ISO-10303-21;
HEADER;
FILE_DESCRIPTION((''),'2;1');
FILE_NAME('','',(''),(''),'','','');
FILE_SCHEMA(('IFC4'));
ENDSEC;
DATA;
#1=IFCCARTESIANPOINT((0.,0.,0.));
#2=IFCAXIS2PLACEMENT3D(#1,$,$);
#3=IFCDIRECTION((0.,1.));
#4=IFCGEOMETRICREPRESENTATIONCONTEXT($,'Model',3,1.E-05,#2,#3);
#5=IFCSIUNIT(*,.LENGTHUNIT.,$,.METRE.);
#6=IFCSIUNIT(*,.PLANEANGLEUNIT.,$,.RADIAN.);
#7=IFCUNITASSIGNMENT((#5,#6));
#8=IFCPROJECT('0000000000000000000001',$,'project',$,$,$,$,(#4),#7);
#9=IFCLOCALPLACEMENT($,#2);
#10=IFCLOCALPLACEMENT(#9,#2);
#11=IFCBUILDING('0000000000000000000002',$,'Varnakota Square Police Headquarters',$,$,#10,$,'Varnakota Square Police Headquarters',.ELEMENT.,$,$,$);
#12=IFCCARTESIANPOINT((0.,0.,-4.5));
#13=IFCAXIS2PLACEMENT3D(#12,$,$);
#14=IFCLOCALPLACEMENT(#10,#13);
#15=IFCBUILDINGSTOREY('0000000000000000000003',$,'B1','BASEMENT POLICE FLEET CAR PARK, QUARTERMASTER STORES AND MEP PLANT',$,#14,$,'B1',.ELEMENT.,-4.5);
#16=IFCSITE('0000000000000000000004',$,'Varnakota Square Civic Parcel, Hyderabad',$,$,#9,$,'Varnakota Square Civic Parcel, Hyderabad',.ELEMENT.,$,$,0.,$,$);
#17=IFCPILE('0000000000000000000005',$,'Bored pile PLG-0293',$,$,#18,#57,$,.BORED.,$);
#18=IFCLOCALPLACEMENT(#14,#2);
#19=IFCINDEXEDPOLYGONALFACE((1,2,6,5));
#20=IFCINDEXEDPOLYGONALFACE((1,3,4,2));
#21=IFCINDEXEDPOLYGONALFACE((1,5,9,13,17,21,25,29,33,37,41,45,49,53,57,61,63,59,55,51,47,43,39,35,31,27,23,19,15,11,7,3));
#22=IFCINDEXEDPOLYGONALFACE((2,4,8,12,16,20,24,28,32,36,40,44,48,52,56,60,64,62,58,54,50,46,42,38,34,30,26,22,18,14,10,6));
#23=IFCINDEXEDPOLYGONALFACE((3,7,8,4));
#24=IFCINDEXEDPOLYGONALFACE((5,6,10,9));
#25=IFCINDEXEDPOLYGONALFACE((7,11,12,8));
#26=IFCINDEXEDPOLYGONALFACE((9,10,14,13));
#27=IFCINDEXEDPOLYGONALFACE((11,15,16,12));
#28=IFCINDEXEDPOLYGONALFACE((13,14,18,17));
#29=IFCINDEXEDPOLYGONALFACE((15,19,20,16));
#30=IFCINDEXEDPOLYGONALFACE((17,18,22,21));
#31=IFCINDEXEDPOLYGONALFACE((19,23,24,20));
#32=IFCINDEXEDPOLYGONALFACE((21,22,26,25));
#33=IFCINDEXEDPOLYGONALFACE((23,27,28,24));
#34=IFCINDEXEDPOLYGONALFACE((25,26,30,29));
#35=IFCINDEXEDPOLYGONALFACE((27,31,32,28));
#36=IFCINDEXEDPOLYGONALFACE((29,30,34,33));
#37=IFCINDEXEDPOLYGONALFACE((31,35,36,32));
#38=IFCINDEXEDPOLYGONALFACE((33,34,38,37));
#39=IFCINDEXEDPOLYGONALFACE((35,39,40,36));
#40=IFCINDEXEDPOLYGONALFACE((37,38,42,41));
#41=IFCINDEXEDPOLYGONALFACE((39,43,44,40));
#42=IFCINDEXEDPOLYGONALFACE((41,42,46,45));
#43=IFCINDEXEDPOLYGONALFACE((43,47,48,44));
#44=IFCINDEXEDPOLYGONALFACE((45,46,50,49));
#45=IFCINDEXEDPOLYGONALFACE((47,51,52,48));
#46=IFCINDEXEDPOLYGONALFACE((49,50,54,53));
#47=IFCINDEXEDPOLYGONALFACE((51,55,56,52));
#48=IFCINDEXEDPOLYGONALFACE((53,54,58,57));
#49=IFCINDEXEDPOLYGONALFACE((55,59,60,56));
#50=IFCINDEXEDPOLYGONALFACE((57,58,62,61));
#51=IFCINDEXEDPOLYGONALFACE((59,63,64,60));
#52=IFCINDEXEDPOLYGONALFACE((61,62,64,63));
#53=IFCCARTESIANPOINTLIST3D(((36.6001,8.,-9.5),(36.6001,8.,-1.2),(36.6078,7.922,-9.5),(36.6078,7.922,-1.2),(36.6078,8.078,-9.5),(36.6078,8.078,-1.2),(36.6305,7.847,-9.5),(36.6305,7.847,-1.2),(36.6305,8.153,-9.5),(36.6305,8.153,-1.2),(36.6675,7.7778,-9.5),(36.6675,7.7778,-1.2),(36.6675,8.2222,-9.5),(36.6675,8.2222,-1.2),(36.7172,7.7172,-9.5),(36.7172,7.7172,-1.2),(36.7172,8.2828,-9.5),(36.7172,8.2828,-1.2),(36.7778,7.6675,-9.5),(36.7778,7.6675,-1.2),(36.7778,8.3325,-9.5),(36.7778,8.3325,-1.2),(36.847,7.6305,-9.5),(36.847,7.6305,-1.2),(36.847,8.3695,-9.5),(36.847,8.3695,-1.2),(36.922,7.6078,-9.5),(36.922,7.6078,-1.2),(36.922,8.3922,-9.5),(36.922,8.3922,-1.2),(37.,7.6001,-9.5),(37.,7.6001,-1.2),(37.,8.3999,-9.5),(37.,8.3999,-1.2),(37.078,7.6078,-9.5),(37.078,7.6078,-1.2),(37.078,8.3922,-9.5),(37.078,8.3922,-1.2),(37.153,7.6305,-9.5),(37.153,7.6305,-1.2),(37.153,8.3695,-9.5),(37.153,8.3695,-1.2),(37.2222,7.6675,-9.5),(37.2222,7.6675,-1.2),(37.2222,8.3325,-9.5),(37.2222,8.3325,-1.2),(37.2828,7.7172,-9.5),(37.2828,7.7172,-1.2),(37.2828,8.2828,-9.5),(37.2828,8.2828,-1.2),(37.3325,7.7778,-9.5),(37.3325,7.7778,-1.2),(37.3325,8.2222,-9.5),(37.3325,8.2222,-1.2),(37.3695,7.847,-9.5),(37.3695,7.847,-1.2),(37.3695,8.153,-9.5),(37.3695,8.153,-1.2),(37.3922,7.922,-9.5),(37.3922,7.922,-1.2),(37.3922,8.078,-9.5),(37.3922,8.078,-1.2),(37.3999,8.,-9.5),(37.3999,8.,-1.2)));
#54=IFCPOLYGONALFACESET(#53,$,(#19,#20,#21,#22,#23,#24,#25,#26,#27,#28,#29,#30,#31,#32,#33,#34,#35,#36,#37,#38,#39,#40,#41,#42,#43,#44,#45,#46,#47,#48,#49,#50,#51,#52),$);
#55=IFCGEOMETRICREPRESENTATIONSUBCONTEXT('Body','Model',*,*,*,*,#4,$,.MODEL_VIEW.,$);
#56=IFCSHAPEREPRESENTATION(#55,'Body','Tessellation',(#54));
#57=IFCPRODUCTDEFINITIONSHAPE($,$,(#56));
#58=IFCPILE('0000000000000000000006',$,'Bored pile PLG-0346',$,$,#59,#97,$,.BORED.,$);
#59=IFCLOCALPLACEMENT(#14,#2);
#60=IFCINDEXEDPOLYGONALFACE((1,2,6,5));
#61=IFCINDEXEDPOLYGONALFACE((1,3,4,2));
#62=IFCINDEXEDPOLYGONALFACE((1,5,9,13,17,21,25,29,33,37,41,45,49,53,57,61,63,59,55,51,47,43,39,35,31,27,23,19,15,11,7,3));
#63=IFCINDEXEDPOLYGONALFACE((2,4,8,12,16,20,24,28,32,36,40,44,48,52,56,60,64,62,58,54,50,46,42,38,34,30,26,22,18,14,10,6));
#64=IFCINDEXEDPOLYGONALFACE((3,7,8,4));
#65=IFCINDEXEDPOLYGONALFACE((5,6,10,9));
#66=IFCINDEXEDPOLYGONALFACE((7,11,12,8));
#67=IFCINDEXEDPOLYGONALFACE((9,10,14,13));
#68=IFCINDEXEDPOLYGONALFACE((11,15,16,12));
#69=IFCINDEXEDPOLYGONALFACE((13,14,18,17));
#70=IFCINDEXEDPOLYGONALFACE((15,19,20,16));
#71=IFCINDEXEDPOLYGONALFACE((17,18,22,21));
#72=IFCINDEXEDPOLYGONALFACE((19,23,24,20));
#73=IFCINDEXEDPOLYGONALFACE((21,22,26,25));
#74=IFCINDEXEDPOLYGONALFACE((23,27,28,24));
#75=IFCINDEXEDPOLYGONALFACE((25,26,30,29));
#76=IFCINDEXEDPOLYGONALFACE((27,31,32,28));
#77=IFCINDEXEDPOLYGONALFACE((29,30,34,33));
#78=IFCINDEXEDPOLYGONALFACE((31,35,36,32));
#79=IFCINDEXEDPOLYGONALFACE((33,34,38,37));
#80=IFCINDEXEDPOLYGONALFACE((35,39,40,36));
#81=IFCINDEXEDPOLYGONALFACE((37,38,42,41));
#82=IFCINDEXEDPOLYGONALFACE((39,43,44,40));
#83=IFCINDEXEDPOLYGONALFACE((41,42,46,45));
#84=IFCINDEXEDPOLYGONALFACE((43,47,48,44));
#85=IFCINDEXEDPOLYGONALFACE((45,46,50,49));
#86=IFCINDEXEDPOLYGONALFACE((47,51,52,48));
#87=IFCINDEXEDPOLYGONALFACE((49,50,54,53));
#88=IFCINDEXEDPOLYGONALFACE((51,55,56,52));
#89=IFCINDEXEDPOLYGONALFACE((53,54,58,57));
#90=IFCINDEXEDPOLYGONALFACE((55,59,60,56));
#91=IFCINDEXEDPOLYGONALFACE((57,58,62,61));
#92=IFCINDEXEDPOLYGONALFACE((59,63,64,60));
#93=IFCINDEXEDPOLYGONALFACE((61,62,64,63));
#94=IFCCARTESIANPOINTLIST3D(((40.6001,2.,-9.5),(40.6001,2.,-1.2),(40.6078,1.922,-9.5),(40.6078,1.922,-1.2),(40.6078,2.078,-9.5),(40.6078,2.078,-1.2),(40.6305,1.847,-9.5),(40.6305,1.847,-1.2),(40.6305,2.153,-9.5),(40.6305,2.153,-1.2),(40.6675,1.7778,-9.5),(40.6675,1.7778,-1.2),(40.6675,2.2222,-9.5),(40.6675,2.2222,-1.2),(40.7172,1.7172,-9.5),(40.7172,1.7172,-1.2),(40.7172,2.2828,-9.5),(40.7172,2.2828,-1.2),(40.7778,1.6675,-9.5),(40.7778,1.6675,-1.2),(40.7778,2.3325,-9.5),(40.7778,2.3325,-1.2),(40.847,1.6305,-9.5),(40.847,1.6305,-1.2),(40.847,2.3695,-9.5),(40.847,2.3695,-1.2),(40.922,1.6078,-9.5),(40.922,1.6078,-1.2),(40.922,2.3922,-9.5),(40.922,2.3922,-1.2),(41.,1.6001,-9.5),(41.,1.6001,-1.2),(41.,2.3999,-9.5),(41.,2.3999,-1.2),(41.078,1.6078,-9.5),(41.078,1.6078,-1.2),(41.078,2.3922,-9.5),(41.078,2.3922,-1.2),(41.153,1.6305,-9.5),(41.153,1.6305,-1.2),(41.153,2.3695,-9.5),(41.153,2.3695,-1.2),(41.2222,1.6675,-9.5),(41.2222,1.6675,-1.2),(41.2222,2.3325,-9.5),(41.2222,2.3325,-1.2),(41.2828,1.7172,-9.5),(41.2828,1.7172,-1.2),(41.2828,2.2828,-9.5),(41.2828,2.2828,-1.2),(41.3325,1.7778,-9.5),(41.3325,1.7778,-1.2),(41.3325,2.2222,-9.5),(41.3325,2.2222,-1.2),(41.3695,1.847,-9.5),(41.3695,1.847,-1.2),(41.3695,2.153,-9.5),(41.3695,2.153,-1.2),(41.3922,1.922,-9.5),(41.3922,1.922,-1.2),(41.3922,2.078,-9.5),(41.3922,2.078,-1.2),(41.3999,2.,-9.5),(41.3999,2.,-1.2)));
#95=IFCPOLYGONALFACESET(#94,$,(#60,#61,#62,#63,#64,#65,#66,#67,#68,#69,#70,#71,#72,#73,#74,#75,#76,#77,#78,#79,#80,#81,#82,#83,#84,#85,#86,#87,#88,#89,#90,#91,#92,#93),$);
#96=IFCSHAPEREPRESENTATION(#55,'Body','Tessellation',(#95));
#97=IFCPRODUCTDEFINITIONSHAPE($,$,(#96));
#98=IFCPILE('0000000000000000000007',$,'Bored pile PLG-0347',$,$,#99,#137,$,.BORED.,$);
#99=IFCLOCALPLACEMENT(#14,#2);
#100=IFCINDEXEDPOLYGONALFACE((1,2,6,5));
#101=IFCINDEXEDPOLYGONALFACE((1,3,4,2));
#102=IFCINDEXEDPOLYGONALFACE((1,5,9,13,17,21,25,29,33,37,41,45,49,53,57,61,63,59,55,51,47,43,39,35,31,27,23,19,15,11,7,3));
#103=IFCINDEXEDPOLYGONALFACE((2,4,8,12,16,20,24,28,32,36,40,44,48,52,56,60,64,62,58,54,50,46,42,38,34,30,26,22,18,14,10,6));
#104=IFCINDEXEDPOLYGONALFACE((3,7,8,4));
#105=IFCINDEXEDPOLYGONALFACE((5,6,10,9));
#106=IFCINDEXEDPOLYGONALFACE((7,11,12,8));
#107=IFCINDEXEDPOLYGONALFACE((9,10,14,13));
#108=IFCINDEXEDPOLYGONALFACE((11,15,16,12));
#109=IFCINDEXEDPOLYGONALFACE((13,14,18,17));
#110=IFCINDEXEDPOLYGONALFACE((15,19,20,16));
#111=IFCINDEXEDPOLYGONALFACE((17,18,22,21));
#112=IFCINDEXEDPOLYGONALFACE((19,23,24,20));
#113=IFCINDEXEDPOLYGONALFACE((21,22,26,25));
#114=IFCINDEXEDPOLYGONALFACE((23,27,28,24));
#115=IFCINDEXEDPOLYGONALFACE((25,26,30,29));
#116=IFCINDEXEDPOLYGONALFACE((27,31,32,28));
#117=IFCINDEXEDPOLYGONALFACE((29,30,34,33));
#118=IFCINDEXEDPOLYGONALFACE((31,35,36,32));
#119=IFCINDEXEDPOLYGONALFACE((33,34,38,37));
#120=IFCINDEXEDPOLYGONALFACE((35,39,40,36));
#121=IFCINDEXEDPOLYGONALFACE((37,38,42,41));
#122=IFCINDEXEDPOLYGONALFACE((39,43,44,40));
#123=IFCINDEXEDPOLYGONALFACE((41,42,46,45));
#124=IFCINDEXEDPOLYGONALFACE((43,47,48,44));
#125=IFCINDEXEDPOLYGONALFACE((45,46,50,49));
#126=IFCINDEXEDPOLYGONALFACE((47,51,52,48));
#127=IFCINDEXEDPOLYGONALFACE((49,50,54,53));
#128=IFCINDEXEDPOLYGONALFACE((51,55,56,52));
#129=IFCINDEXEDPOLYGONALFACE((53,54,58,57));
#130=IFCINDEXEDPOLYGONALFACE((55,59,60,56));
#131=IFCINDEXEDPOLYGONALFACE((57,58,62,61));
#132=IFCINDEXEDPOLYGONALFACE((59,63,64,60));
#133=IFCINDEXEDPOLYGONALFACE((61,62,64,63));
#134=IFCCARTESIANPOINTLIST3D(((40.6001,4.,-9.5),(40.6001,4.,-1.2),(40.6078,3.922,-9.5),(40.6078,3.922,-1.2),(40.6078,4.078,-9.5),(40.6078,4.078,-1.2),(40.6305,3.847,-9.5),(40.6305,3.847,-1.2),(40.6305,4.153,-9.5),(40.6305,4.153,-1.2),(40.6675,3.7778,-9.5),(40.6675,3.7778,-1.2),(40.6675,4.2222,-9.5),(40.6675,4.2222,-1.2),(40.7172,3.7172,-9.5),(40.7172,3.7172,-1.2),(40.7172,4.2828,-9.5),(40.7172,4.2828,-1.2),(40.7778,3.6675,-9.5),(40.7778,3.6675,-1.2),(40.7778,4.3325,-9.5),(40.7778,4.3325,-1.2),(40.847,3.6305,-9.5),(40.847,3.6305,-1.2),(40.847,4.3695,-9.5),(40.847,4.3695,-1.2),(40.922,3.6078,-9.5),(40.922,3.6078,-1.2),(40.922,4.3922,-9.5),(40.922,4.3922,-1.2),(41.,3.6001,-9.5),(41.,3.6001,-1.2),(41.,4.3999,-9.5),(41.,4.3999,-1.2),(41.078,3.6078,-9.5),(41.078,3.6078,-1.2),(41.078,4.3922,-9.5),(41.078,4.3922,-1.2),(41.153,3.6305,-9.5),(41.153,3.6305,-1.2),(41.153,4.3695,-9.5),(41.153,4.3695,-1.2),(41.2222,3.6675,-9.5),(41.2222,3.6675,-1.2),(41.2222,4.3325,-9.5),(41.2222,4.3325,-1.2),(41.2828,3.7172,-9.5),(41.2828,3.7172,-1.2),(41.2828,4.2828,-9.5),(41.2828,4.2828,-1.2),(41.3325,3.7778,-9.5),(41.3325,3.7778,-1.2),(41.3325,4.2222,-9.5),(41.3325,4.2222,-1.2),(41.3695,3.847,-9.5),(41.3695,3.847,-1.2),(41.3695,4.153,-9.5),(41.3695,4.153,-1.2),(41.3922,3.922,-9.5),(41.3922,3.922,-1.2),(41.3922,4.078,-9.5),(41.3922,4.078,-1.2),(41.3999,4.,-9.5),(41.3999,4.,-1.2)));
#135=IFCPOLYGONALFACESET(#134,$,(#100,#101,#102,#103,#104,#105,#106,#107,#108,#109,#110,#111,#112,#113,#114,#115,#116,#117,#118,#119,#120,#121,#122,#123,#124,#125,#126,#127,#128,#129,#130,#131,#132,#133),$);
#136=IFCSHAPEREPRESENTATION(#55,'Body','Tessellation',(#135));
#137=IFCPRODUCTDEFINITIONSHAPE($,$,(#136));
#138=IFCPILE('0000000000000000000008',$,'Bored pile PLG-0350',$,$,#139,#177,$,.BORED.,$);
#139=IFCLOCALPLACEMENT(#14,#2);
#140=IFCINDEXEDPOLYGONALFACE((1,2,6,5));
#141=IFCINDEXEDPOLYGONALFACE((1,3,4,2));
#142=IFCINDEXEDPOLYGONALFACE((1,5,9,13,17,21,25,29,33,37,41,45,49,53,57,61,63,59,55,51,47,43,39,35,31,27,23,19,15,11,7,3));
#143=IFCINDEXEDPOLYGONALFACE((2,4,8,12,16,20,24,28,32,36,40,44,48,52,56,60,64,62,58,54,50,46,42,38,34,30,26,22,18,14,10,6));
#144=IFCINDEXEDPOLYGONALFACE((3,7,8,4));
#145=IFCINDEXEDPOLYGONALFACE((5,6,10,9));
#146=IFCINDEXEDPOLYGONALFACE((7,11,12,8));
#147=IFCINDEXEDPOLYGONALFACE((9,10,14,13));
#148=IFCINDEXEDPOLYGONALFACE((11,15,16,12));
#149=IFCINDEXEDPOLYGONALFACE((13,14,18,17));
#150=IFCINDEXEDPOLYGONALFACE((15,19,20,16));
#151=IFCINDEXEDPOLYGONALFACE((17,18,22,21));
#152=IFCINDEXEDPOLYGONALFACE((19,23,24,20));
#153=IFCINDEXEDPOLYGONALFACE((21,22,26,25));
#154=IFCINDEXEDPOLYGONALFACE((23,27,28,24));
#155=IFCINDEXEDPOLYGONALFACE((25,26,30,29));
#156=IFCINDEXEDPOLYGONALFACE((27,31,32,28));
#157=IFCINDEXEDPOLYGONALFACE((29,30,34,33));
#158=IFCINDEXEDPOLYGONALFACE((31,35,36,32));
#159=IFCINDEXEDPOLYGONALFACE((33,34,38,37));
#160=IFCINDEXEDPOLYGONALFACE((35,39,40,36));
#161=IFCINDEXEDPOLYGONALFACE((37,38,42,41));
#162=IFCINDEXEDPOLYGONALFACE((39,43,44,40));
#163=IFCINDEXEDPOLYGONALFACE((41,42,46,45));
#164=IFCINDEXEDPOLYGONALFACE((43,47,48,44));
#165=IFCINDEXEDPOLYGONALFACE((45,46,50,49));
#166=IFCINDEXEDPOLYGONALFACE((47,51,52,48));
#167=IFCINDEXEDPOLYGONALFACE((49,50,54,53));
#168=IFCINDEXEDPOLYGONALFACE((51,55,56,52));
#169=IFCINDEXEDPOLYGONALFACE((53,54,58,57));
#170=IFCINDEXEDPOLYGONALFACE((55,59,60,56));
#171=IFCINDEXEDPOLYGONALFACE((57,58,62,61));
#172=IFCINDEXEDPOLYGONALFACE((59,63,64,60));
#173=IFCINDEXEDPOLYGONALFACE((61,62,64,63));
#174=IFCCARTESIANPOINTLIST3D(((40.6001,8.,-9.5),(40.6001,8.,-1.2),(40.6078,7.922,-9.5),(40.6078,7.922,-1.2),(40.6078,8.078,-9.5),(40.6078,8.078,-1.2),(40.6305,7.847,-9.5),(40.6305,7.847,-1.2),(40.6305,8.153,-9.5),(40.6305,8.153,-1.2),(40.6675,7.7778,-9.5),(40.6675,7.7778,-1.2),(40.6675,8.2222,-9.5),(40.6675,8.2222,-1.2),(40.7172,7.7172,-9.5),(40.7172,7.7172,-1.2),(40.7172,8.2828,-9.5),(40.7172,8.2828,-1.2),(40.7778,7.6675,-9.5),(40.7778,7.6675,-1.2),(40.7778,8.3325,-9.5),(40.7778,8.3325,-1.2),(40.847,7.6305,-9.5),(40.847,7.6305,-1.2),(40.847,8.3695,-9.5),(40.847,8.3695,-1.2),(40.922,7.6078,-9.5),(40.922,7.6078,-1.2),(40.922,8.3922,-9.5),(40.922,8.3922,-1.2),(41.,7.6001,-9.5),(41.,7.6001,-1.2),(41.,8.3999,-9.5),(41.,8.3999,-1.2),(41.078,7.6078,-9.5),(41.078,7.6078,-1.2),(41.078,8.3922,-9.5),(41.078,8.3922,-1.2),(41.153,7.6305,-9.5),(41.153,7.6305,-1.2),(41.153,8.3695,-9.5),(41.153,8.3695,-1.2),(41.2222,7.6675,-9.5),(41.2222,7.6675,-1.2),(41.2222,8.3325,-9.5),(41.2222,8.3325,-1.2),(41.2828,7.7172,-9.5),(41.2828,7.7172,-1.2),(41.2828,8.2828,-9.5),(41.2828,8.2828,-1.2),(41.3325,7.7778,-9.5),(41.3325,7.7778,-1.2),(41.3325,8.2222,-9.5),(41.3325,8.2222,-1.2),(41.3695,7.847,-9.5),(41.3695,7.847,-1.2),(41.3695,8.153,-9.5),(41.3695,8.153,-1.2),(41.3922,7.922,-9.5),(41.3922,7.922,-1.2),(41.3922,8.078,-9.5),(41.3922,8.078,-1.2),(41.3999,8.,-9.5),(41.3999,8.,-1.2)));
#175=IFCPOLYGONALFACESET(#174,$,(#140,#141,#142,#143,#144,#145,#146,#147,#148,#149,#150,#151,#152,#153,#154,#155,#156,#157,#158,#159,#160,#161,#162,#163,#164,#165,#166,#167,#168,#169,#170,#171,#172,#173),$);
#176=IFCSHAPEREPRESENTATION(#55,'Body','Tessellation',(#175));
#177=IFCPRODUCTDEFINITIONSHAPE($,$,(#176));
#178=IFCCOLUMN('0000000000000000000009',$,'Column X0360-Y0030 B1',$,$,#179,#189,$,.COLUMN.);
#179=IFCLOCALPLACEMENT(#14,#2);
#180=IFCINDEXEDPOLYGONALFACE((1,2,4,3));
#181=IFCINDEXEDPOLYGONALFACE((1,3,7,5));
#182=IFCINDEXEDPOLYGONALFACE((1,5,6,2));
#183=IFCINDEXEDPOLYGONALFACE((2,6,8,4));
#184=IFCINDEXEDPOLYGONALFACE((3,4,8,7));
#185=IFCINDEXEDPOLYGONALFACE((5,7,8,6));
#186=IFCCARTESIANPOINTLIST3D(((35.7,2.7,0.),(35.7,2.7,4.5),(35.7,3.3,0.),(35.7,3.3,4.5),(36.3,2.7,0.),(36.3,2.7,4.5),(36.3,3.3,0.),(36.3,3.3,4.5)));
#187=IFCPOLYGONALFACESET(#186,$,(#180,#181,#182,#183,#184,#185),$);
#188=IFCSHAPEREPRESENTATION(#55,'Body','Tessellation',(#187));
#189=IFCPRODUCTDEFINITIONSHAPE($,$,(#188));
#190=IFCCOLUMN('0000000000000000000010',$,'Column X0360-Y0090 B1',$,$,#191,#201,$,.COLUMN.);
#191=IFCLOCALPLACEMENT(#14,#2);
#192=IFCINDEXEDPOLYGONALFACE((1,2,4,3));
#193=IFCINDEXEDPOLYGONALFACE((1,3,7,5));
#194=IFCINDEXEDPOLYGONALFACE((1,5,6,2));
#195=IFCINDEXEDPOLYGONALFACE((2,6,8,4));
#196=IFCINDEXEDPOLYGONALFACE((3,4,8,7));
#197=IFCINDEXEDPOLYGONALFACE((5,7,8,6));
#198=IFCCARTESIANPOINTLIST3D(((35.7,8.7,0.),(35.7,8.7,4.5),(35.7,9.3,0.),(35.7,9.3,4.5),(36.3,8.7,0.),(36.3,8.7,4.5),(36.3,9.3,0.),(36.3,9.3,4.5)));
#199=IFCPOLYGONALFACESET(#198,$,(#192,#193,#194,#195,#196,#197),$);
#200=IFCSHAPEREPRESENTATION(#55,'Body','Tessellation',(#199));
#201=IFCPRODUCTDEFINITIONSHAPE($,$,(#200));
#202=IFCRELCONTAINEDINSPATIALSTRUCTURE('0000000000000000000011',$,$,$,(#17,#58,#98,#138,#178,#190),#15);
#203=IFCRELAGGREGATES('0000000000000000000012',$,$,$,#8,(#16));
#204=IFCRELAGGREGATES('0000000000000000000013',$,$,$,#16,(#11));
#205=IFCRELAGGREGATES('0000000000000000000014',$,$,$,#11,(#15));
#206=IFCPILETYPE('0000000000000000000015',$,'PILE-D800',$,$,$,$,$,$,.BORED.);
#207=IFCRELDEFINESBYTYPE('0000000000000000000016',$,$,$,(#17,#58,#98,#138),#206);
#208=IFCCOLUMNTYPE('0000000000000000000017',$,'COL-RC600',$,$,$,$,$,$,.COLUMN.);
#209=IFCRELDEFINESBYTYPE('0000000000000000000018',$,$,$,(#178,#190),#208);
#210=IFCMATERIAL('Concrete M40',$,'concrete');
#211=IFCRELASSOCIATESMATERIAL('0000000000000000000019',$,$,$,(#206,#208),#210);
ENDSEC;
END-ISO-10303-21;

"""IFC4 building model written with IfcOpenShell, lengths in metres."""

from ifc_helpers import new_model, si_unit, direction, frame, origin, origin_2d, place, context, subcontext, project, spatial, rectangle, circle, extrude, material, material_profile, profile_set, type_object, element, save


model = new_model("IFC4")

# Units and contexts
model_context = context("Model", 3, precision=1e-05, world=origin(), true_north=direction((0.0, 1.0)))
body_context = subcontext(model_context, "Body", "Model", "MODEL_VIEW")
ifc_project = project(units=[si_unit("LENGTHUNIT", "METRE"), si_unit("PLANEANGLEUNIT", "RADIAN")], contexts=[model_context])

# Site, building, storey
site_placement = place(None, origin())
site = spatial("IfcSite", under=ifc_project, at=site_placement, Name="Varnakota Square Civic Parcel, Hyderabad", LongName="Varnakota Square Civic Parcel, Hyderabad", CompositionType="ELEMENT", RefElevation=0.0)
building_placement = place(site_placement, origin())
building = spatial("IfcBuilding", under=site, at=building_placement, Name="Varnakota Square Police Headquarters", LongName="Varnakota Square Police Headquarters", CompositionType="ELEMENT")
storey_placement = place(building_placement, frame((0.0, 0.0, -4.5)))
storey = spatial("IfcBuildingStorey", under=building, at=storey_placement, Name="B1", Description="BASEMENT POLICE FLEET CAR PARK, QUARTERMASTER STORES AND MEP PLANT", LongName="B1", CompositionType="ELEMENT", Elevation=-4.5)

# Shared definitions
ifc_material_1 = material(Name="Concrete M40", Category="concrete")

# Piles
ifc_material_profile_1 = material_profile(ifc_material_1, circle(Radius=0.3999, at=origin_2d()), Name="BORED PILE 800")
ifc_profile_set_1 = profile_set([ifc_material_profile_1], Name="Concrete M40")
pile_type = type_object("IfcPileType", Name="PILE-D800", PredefinedType="BORED", material=ifc_profile_set_1)
for number, where, z_axis, x_axis, name in (
    (1, (37.0, 8.0, -1.2), (0.0, 0.0, -1.0), (1.0, 0.0, 0.0), "Bored pile PLG-0293"),
    (2, (41.0, 2.0, -1.2), (0.0, 0.0, -1.0), (1.0, 0.0, 0.0), "Bored pile PLG-0346"),
    (3, (41.0, 4.0, -1.2), (0.0, 0.0, -1.0), (1.0, 0.0, 0.0), "Bored pile PLG-0347"),
    (4, (41.0, 8.0, -1.2), (0.0, 0.0, -1.0), (1.0, 0.0, 0.0), "Bored pile PLG-0350"),
):
    element("IfcPile", number, at=place(storey_placement, frame(where, z_axis=z_axis, x_axis=x_axis)), inside=storey, type_object=pile_type, Name=name, PredefinedType="BORED", context=body_context, shape_type="SweptSolid", body=[
        extrude(circle(Radius=0.3999, at=origin_2d()), origin(), (0.0, 0.0, 1.0), 8.3),
    ])

# Columns
ifc_material_profile_2 = material_profile(ifc_material_1, rectangle(XDim=0.6001, YDim=0.6001, at=origin_2d()), Name="RC 600x600")
ifc_profile_set_2 = profile_set([ifc_material_profile_2], Name="Concrete M40")
column_type = type_object("IfcColumnType", Name="COL-RC600", PredefinedType="COLUMN", material=ifc_profile_set_2)
for number, where, z_axis, x_axis, name in (
    (5, (36.0, 3.0, 0.0), (0.0, 0.0, 1.0), (1.0, 0.0, 0.0), "Column X0360-Y0030 B1"),
    (6, (36.0, 9.0, 0.0), (0.0, 0.0, 1.0), (1.0, 0.0, 0.0), "Column X0360-Y0090 B1"),
):
    element("IfcColumn", number, at=place(storey_placement, frame(where, z_axis=z_axis, x_axis=x_axis)), inside=storey, type_object=column_type, Name=name, PredefinedType="COLUMN", context=body_context, shape_type="SweptSolid", body=[
        extrude(rectangle(XDim=0.6001, YDim=0.6001, at=origin_2d()), origin(), (0.0, 0.0, 1.0), 4.5),
    ])

save(model, "model.ifc")
